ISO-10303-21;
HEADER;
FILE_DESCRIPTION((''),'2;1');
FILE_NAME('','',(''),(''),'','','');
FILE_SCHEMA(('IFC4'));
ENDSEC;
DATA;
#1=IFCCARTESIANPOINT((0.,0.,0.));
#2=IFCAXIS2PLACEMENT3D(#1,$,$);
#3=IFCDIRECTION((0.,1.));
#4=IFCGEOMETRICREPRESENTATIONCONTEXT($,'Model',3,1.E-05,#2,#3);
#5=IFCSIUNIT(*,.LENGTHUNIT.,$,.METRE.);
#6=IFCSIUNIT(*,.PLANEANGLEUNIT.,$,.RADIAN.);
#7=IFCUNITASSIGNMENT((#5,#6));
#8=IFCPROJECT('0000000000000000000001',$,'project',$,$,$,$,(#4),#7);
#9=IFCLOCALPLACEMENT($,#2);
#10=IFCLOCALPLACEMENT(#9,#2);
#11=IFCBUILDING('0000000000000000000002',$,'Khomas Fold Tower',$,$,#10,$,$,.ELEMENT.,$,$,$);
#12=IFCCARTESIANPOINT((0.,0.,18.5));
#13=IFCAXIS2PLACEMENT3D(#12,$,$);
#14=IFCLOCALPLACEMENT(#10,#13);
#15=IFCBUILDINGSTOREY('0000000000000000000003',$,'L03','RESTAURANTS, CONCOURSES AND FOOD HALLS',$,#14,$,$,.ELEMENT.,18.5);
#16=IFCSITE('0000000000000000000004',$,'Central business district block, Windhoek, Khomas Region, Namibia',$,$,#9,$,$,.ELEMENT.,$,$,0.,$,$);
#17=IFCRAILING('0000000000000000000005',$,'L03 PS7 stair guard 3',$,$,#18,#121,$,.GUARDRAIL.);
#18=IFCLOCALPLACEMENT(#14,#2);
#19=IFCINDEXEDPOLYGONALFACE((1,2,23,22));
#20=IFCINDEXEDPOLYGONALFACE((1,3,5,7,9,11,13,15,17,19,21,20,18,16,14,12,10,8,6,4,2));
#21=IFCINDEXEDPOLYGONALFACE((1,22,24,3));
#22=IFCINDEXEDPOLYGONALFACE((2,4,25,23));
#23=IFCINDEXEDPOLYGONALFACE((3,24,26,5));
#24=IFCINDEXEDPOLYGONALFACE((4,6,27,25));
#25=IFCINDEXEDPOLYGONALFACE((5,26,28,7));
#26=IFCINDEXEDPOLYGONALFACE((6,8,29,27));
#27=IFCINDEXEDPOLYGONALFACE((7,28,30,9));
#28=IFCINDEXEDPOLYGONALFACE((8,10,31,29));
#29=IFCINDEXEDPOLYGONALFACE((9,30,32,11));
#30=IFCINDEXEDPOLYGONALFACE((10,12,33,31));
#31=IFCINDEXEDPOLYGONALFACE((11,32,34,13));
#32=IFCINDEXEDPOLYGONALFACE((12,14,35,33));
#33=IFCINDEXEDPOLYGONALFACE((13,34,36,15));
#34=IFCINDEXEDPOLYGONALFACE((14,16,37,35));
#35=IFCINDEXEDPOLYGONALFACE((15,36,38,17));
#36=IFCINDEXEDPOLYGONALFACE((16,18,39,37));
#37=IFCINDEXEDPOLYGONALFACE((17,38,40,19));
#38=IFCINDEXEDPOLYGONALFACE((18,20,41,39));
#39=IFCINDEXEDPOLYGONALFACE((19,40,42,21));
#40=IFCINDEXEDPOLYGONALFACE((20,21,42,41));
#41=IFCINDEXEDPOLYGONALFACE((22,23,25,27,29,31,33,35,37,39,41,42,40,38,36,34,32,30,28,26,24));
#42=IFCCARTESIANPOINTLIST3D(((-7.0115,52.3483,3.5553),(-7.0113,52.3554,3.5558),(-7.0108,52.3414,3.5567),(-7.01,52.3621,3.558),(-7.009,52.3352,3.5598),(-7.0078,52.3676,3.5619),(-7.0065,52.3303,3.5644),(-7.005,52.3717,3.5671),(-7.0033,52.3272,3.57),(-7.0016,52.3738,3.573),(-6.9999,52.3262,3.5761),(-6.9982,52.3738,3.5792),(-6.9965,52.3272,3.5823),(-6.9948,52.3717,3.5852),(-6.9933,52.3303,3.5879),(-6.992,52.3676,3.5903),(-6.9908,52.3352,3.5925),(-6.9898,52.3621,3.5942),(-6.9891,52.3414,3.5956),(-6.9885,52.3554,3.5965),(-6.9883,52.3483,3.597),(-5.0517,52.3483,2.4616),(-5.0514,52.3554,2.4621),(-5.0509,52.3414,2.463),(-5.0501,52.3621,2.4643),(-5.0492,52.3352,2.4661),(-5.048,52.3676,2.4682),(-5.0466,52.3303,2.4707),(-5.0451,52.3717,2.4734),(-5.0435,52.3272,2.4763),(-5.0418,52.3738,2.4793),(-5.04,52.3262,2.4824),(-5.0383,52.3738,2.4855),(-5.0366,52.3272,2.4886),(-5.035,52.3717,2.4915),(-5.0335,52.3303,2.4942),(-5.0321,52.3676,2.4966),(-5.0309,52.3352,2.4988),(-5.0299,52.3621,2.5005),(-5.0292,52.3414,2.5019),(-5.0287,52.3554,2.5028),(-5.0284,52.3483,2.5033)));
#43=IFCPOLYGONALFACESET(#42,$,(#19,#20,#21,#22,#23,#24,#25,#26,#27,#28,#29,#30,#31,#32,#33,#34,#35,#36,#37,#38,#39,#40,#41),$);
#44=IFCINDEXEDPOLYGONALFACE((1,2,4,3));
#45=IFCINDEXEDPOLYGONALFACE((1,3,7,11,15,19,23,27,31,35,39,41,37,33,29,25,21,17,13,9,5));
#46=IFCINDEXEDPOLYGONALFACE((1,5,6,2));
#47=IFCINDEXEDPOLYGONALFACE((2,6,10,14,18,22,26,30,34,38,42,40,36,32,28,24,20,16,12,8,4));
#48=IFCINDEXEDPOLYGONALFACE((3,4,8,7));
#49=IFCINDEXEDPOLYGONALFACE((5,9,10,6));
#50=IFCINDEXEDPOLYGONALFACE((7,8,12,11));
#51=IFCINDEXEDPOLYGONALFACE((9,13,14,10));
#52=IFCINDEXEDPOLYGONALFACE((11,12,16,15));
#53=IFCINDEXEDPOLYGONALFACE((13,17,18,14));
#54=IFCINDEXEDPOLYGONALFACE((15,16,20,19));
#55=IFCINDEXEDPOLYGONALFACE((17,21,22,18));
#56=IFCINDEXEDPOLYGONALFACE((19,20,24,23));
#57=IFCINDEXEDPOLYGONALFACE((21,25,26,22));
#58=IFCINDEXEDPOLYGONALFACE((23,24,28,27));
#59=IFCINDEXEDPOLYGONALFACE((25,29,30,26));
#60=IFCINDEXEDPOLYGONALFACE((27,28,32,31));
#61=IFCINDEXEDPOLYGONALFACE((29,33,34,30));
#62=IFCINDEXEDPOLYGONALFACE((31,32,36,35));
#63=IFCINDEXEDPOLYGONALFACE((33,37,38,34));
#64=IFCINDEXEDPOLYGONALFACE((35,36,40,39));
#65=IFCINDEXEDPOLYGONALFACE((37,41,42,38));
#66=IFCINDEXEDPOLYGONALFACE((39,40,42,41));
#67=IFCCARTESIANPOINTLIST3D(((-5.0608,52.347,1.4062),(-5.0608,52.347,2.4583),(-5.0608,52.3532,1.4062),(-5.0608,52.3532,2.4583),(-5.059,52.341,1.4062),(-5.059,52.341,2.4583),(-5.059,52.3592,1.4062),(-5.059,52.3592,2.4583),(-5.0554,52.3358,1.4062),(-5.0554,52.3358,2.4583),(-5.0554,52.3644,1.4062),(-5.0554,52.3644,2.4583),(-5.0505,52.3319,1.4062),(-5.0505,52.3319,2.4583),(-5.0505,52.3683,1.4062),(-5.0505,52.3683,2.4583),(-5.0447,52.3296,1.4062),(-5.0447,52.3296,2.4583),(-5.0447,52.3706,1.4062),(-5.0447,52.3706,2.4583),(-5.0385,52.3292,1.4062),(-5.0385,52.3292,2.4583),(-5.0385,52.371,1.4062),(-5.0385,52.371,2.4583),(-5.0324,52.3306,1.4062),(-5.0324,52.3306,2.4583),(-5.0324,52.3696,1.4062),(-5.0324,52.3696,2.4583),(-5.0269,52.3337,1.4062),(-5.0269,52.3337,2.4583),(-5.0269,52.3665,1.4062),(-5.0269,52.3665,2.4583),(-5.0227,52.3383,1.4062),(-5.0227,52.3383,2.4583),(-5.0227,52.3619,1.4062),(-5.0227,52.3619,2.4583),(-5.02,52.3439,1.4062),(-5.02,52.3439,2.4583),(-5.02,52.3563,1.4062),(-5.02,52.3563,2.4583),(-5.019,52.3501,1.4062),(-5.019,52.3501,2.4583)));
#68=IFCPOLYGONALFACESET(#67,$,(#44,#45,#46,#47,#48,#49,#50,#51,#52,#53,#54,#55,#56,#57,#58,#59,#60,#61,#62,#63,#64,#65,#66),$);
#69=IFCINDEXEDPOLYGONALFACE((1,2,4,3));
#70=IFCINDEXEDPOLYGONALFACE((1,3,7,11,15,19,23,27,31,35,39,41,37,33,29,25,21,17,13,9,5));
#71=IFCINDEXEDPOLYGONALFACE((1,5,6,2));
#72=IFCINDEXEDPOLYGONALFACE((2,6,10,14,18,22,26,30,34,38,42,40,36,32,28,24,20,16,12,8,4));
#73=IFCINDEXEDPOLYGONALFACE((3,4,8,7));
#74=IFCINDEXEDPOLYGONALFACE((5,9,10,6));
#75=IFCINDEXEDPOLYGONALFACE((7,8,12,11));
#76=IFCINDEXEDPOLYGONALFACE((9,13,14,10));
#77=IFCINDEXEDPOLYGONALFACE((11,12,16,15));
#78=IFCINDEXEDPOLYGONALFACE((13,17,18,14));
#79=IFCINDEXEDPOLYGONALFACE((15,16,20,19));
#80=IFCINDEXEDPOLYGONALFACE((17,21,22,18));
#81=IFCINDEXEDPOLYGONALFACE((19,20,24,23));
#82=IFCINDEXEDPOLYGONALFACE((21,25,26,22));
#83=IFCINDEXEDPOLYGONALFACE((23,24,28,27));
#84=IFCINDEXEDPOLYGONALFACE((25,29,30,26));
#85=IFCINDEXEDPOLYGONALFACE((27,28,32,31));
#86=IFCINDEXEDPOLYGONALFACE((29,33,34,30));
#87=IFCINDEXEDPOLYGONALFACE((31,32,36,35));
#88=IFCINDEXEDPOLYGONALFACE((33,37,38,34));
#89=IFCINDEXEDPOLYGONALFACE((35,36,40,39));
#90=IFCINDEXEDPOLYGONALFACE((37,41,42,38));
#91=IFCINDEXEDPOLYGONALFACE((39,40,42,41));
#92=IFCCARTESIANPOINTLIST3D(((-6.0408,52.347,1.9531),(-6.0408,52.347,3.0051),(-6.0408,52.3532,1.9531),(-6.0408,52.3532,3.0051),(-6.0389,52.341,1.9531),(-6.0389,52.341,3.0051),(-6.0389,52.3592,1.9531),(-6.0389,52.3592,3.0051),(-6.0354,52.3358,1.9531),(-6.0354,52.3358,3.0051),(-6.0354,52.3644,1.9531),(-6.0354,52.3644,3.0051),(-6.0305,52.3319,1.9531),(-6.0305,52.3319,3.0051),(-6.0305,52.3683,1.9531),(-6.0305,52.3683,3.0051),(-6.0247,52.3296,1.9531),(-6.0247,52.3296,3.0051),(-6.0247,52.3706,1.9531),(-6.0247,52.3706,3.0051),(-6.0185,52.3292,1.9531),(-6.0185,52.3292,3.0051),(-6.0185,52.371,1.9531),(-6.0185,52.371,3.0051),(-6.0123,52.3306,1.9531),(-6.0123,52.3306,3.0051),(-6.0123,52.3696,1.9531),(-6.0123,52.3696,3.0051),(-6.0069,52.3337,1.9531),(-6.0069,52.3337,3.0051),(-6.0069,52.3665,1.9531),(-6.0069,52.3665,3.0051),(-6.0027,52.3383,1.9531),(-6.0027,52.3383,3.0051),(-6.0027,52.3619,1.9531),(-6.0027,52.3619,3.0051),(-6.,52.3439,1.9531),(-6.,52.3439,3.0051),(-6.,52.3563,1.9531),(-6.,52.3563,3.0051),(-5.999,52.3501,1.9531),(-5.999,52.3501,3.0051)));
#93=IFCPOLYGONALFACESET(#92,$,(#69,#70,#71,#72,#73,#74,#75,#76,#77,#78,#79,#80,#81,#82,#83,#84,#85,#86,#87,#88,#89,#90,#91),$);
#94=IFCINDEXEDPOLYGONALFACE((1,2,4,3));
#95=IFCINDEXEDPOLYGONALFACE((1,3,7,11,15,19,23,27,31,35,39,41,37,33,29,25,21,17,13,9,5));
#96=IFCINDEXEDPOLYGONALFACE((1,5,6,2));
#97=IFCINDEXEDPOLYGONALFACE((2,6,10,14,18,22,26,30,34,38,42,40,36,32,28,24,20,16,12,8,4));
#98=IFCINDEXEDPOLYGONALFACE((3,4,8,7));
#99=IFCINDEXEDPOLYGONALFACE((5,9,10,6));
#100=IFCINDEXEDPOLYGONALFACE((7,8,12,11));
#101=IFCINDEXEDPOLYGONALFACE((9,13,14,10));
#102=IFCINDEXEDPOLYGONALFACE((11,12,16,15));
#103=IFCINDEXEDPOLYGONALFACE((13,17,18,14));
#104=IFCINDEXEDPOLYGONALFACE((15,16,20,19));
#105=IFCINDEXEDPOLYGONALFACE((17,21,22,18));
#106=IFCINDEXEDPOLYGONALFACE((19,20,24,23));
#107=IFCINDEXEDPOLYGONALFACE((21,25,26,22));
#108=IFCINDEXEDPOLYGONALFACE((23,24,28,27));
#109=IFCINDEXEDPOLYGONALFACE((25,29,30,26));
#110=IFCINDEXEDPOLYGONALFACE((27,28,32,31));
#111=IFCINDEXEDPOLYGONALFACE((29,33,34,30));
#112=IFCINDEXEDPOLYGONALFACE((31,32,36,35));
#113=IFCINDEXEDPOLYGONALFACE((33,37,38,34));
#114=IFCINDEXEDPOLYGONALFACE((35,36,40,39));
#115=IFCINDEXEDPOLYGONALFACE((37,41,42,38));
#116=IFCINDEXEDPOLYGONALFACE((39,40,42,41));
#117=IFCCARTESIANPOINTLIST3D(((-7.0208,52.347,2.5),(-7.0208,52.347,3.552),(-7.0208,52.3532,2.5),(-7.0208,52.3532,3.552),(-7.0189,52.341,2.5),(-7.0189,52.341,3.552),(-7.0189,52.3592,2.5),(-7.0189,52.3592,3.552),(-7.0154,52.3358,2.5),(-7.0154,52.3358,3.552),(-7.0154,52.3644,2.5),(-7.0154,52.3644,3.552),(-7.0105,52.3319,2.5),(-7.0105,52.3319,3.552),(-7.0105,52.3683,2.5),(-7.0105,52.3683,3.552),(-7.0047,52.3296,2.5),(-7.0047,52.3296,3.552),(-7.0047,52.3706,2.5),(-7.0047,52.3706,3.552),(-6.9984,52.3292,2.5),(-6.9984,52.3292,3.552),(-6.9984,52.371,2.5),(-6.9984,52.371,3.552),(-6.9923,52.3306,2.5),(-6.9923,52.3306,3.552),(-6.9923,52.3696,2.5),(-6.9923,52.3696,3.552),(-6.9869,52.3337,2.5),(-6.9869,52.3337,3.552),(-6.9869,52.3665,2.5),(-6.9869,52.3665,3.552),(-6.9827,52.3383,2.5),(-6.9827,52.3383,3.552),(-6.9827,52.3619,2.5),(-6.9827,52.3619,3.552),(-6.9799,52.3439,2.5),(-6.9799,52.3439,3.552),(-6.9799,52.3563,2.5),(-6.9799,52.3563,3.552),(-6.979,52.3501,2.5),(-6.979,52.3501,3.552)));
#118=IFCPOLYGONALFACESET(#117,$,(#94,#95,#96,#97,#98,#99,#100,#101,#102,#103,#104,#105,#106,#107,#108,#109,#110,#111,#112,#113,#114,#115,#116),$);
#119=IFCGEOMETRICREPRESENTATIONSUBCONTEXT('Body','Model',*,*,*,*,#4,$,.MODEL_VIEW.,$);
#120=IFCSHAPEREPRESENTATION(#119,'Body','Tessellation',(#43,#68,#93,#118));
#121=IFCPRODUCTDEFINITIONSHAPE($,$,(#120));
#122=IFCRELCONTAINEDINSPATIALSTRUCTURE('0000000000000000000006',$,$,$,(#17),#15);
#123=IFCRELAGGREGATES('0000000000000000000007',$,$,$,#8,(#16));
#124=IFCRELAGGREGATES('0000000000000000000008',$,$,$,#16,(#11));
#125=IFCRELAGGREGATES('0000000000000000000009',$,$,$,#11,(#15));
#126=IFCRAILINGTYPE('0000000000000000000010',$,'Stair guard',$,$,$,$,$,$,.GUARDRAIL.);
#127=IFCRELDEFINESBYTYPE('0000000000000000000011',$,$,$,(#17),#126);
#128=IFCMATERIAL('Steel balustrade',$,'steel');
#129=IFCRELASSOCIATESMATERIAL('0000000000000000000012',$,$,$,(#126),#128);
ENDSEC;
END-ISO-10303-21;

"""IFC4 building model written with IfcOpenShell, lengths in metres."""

from ifc_helpers import new_model, si_unit, direction, frame, origin, origin_2d, place, context, subcontext, project, spatial, circle, extrude, source, transform, mapped, material, type_object, element, save


model = new_model("IFC4")

# Units and contexts
model_context = context("Model", 3, precision=1e-05, world=origin(), true_north=direction((0.0, 1.0)))
body_context = subcontext(model_context, "Body", "Model", "MODEL_VIEW")
ifc_project = project(units=[si_unit("LENGTHUNIT", "METRE"), si_unit("PLANEANGLEUNIT", "RADIAN")], contexts=[model_context])

# Site, building, storey
site_placement = place(None, origin())
site = spatial("IfcSite", under=ifc_project, at=site_placement, Name="Central business district block, Windhoek, Khomas Region, Namibia", CompositionType="ELEMENT", RefElevation=0.0)
building_placement = place(site_placement, origin())
building = spatial("IfcBuilding", under=site, at=building_placement, Name="Khomas Fold Tower", CompositionType="ELEMENT")
storey_placement = place(building_placement, frame((0.0, 0.0, 18.5)))
storey = spatial("IfcBuildingStorey", under=building, at=storey_placement, Name="L03", Description="RESTAURANTS, CONCOURSES AND FOOD HALLS", CompositionType="ELEMENT", Elevation=18.5)

# Railing
ifc_material_1 = material(Name="Steel balustrade", Category="steel")
railing_type_1 = type_object("IfcRailingType", Name="Stair guard", PredefinedType="GUARDRAIL", material=ifc_material_1)
shared_shape_1 = source(origin(), body_context, "Body", "SweptSolid", [
    extrude(circle(Radius=0.0239, at=origin_2d()), frame((0.0, 0.0, 1.0762), z_axis=(-0.873232, 0.0, 0.487304), x_axis=(0.0, -1.0, 0.0)), (0.0, 0.0, 1.0), 2.2444),
    extrude(circle(Radius=0.021, at=origin_2d()), origin(), (0.0, 0.0, 1.0), 1.052),
    extrude(circle(Radius=0.021, at=origin_2d()), frame((-0.98, 0.0, 0.5469)), (0.0, 0.0, 1.0), 1.052),
    extrude(circle(Radius=0.021, at=origin_2d()), frame((-1.96, 0.0, 1.0938)), (0.0, 0.0, 1.0), 1.052),
])
for number, where, name in (
    (1, (-5.04, 52.3501, 1.4062), "L03 PS7 stair guard 3"),
):
    element("IfcRailing", number, at=place(storey_placement, frame(where)), inside=storey, type_object=railing_type_1, Name=name, PredefinedType="GUARDRAIL", context=body_context, shape_type="MappedRepresentation", body=[
        mapped(shared_shape_1, transform((0.0, 0.0, 0.0))),
    ])

save(model, "model.ifc")
